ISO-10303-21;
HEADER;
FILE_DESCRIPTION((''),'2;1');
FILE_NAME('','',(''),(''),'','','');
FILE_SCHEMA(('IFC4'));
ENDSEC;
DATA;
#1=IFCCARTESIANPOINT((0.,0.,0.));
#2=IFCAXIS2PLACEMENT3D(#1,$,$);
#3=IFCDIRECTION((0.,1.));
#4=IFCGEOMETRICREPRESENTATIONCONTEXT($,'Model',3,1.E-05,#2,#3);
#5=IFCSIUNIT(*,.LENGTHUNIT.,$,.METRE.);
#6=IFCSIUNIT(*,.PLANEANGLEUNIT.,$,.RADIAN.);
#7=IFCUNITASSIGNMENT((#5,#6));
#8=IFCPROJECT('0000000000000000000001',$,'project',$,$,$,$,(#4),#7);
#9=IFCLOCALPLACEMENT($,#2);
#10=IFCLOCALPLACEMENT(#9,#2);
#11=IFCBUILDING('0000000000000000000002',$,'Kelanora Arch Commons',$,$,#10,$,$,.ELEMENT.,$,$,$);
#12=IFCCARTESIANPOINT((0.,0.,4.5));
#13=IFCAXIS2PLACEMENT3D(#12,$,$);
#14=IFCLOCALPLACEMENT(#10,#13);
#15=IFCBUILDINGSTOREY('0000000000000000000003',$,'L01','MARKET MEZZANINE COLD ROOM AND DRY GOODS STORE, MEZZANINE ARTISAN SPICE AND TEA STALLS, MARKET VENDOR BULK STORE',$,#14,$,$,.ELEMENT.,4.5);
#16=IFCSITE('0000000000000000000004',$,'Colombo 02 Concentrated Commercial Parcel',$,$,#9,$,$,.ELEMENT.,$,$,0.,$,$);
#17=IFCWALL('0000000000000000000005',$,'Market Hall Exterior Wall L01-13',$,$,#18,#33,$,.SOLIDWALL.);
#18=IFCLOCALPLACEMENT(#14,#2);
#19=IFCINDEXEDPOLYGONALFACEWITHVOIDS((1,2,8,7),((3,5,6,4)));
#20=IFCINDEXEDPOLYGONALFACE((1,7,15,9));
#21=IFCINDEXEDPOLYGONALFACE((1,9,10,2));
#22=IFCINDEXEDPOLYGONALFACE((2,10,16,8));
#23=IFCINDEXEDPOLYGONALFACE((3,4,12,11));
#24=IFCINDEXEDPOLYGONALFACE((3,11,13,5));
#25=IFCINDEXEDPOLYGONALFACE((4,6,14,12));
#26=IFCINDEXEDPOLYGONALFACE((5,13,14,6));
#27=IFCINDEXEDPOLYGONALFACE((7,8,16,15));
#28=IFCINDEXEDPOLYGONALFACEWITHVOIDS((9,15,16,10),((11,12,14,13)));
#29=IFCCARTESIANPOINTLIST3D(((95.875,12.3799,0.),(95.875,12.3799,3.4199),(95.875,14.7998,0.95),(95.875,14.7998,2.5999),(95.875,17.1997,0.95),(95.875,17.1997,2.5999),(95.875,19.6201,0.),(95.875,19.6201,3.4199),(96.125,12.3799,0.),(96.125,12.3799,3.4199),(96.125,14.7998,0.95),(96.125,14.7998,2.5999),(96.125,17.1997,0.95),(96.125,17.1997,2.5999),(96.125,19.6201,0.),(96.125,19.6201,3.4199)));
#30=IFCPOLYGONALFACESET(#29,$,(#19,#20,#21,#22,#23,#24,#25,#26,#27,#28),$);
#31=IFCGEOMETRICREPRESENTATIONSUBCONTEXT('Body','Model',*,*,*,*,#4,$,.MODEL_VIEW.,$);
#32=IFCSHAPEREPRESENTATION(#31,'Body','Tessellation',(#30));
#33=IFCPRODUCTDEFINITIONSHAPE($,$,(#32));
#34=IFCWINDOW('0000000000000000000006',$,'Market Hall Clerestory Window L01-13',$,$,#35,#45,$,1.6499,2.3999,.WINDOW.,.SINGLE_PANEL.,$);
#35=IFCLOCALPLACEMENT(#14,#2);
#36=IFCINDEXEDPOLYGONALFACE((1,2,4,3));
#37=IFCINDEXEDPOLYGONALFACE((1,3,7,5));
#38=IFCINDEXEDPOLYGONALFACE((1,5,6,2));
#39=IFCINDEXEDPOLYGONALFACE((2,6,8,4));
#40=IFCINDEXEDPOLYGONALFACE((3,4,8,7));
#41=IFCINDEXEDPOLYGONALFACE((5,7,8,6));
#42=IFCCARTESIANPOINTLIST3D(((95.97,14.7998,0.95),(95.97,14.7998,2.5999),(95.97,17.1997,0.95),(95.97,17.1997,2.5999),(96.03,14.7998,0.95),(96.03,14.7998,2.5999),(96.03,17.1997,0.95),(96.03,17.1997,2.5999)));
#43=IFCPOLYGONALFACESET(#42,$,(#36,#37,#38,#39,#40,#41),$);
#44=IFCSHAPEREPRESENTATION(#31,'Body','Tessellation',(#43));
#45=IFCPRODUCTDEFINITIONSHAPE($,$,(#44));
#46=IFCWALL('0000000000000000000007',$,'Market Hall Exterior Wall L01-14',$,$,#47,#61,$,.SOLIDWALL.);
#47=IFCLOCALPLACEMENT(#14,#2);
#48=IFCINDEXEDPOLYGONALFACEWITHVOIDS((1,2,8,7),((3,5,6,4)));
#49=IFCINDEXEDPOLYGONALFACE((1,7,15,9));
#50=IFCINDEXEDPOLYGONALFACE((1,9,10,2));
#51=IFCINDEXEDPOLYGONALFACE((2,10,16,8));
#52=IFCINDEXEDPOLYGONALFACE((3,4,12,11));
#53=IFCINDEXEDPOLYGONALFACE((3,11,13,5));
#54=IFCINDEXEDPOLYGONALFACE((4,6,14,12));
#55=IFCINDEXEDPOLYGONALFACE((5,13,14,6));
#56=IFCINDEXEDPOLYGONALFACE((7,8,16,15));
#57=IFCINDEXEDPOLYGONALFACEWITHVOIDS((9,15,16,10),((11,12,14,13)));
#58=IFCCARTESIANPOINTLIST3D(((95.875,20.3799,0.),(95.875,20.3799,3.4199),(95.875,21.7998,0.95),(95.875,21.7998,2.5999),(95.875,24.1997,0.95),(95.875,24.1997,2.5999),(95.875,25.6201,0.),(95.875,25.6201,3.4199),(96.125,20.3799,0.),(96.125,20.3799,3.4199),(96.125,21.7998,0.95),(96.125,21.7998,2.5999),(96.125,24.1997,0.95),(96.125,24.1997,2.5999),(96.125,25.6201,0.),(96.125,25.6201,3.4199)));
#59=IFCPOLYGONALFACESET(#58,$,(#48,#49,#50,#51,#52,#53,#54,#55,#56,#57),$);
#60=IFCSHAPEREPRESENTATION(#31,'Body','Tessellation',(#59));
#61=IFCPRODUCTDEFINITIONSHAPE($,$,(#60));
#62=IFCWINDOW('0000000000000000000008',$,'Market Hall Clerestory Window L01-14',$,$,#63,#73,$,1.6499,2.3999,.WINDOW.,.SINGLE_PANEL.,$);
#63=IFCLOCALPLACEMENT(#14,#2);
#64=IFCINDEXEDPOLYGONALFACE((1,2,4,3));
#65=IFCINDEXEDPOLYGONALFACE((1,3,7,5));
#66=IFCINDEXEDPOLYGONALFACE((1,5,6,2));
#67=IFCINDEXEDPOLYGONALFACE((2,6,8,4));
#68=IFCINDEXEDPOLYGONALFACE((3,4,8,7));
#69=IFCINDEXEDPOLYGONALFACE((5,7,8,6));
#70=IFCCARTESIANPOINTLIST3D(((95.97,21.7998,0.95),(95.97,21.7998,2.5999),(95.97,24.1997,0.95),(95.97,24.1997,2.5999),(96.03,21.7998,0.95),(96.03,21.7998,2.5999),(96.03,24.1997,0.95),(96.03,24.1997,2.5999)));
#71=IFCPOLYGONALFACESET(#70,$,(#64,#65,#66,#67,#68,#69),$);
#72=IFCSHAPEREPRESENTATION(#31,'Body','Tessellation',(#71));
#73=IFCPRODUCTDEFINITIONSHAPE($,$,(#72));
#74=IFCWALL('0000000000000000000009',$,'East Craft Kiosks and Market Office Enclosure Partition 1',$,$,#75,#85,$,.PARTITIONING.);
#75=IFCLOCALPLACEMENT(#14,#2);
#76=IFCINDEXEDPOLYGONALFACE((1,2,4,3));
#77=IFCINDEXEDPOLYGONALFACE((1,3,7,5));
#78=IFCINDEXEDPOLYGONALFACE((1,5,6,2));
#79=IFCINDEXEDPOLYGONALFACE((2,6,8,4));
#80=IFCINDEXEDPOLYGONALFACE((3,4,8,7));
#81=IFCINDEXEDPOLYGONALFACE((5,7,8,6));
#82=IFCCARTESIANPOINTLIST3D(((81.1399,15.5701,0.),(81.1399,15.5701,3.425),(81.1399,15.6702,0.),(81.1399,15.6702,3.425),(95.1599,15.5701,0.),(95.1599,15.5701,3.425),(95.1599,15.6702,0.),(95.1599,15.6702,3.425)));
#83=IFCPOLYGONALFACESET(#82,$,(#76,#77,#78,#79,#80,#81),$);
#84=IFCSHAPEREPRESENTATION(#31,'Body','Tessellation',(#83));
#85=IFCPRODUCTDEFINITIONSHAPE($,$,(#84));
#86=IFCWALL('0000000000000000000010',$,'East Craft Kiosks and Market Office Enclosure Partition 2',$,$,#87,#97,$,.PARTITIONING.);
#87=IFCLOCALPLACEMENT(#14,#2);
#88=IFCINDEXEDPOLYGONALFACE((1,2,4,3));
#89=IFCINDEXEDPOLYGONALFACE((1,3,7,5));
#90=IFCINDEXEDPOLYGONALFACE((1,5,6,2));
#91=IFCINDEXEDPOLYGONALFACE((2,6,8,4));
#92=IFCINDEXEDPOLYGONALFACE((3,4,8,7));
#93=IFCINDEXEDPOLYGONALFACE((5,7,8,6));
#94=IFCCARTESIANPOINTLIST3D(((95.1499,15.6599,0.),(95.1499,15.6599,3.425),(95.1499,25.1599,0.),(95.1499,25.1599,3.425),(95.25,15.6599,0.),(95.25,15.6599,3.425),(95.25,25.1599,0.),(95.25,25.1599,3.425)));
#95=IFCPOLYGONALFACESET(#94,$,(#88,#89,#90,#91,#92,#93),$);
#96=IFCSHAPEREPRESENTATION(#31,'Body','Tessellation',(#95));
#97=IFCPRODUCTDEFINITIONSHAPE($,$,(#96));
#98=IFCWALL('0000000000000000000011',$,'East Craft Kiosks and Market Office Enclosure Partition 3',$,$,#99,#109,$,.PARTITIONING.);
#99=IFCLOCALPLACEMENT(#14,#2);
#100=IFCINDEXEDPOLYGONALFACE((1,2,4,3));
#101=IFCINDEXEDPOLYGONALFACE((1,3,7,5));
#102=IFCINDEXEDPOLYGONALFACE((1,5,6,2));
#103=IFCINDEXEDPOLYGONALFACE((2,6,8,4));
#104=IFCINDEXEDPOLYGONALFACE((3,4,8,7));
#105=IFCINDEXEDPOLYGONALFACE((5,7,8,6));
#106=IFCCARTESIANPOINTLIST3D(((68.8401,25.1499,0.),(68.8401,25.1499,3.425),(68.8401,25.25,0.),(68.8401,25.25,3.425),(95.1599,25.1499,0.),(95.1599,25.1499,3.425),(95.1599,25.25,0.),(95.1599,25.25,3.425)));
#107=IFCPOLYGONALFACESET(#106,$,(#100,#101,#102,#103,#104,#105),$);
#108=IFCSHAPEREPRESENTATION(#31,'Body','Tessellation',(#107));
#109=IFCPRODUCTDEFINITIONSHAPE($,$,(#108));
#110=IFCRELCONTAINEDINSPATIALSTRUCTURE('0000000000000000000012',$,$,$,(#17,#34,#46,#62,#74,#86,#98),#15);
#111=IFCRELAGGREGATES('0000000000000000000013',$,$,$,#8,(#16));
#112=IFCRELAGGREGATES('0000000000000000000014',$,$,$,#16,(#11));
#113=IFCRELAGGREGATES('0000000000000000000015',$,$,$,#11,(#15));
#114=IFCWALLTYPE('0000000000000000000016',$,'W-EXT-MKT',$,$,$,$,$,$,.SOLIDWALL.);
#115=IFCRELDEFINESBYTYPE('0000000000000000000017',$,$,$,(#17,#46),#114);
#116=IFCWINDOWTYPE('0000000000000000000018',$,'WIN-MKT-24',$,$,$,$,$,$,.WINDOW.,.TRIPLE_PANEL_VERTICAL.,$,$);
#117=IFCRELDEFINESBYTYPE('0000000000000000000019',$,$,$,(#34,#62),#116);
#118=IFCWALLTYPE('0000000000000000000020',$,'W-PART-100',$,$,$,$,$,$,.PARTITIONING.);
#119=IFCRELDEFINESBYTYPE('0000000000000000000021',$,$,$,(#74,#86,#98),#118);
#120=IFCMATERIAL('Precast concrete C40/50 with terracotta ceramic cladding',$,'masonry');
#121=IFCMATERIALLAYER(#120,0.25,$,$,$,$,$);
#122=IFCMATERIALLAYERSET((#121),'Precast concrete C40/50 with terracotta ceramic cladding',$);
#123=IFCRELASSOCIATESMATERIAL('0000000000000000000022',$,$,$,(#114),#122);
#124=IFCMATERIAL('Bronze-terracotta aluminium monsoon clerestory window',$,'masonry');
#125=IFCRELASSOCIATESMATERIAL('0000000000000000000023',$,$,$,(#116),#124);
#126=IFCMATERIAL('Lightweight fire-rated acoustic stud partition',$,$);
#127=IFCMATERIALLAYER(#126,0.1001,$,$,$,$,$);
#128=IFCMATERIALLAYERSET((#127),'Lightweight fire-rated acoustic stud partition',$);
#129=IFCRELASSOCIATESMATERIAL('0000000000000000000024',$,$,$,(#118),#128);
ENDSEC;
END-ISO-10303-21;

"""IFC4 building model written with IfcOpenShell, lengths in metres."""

from ifc_helpers import new_model, si_unit, direction, frame, frame_2d, origin, place, context, subcontext, project, spatial, rectangle, extrude, material, layer, layer_set, type_object, element, fill, save


model = new_model("IFC4")

# Units and contexts
model_context = context("Model", 3, precision=1e-05, world=origin(), true_north=direction((0.0, 1.0)))
body_context = subcontext(model_context, "Body", "Model", "MODEL_VIEW")
ifc_project = project(units=[si_unit("LENGTHUNIT", "METRE"), si_unit("PLANEANGLEUNIT", "RADIAN")], contexts=[model_context])

# Site, building, storey
site_placement = place(None, origin())
site = spatial("IfcSite", under=ifc_project, at=site_placement, Name="Colombo 02 Concentrated Commercial Parcel", CompositionType="ELEMENT", RefElevation=0.0)
building_placement = place(site_placement, origin())
building = spatial("IfcBuilding", under=site, at=building_placement, Name="Kelanora Arch Commons", CompositionType="ELEMENT")
storey_placement = place(building_placement, frame((0.0, 0.0, 4.5)))
storey = spatial("IfcBuildingStorey", under=building, at=storey_placement, Name="L01", Description="MARKET MEZZANINE COLD ROOM AND DRY GOODS STORE, MEZZANINE ARTISAN SPICE AND TEA STALLS, MARKET VENDOR BULK STORE", CompositionType="ELEMENT", Elevation=4.5)

# Walls, openings, windows
ifc_material_1 = material(Name="Precast concrete C40/50 with terracotta ceramic cladding", Category="masonry")
ifc_layer_1 = layer(ifc_material_1, 0.25)
ifc_layer_set_1 = layer_set([ifc_layer_1], Name="Precast concrete C40/50 with terracotta ceramic cladding")
wall_type_1 = type_object("IfcWallType", Name="W-EXT-MKT", PredefinedType="SOLIDWALL", material=ifc_layer_set_1)
wall_1_placement = place(storey_placement, frame((96.0, 12.3799, 0.0), z_axis=(0.0, 0.0, 1.0), x_axis=(0.0, 1.0, 0.0)))
wall_1 = element("IfcWall", 1, at=wall_1_placement, inside=storey, type_object=wall_type_1, Name="Market Hall Exterior Wall L01-13", PredefinedType="SOLIDWALL", context=body_context, shape_type="SweptSolid", body=[
    extrude(rectangle(XDim=7.2402, YDim=0.25, at=frame_2d((3.6201, 0.0))), origin(), (0.0, 0.0, 1.0), 3.4199),
])
opening_1_placement = place(wall_1_placement, frame((2.4199, 0.0, 0.95)))
opening_1 = element("IfcOpeningElement", 2, at=opening_1_placement, cuts=wall_1, PredefinedType="OPENING", context=body_context, shape_type="SweptSolid", body=[
    extrude(rectangle(XDim=2.3999, YDim=1.6499, at=frame_2d((1.2, 0.825))), frame((0.0, 0.135, 0.0), z_axis=(0.0, -1.0, 0.0), x_axis=(1.0, 0.0, 0.0)), (0.0, 0.0, 1.0), 0.27),
])
ifc_material_2 = material(Name="Bronze-terracotta aluminium monsoon clerestory window", Category="masonry")
window_type = type_object("IfcWindowType", Name="WIN-MKT-24", PartitioningType="TRIPLE_PANEL_VERTICAL", PredefinedType="WINDOW", material=ifc_material_2)
window_1_placement = place(opening_1_placement, origin())
window_1 = element("IfcWindow", 3, at=window_1_placement, inside=storey, type_object=window_type, Name="Market Hall Clerestory Window L01-13", OverallHeight=1.6499, OverallWidth=2.3999, PartitioningType="SINGLE_PANEL", PredefinedType="WINDOW", context=body_context, shape_type="SweptSolid", body=[
    extrude(rectangle(XDim=2.3999, YDim=1.6499, at=frame_2d((1.2, 0.825))), frame((0.0, 0.03, 0.0), z_axis=(0.0, -1.0, 0.0), x_axis=(1.0, 0.0, 0.0)), (0.0, 0.0, 1.0), 0.0601),
])
fill(opening_1, window_1)
wall_2_placement = place(storey_placement, frame((96.0, 20.3799, 0.0), z_axis=(0.0, 0.0, 1.0), x_axis=(0.0, 1.0, 0.0)))
wall_2 = element("IfcWall", 4, at=wall_2_placement, inside=storey, type_object=wall_type_1, Name="Market Hall Exterior Wall L01-14", PredefinedType="SOLIDWALL", context=body_context, shape_type="SweptSolid", body=[
    extrude(rectangle(XDim=5.2402, YDim=0.25, at=frame_2d((2.6201, 0.0))), origin(), (0.0, 0.0, 1.0), 3.4199),
])
opening_2_placement = place(wall_2_placement, frame((1.4199, 0.0, 0.95)))
opening_2 = element("IfcOpeningElement", 5, at=opening_2_placement, cuts=wall_2, PredefinedType="OPENING", context=body_context, shape_type="SweptSolid", body=[
    extrude(rectangle(XDim=2.3999, YDim=1.6499, at=frame_2d((1.2, 0.825))), frame((0.0, 0.135, 0.0), z_axis=(0.0, -1.0, 0.0), x_axis=(1.0, 0.0, 0.0)), (0.0, 0.0, 1.0), 0.27),
])
window_2_placement = place(opening_2_placement, origin())
window_2 = element("IfcWindow", 6, at=window_2_placement, inside=storey, type_object=window_type, Name="Market Hall Clerestory Window L01-14", OverallHeight=1.6499, OverallWidth=2.3999, PartitioningType="SINGLE_PANEL", PredefinedType="WINDOW", context=body_context, shape_type="SweptSolid", body=[
    extrude(rectangle(XDim=2.3999, YDim=1.6499, at=frame_2d((1.2, 0.825))), frame((0.0, 0.03, 0.0), z_axis=(0.0, -1.0, 0.0), x_axis=(1.0, 0.0, 0.0)), (0.0, 0.0, 1.0), 0.0601),
])
fill(opening_2, window_2)

# Walls
ifc_material_3 = material(Name="Lightweight fire-rated acoustic stud partition")
ifc_layer_2 = layer(ifc_material_3, 0.1001)
ifc_layer_set_2 = layer_set([ifc_layer_2], Name="Lightweight fire-rated acoustic stud partition")
wall_type_2 = type_object("IfcWallType", Name="W-PART-100", PredefinedType="PARTITIONING", material=ifc_layer_set_2)
wall_3_placement = place(storey_placement, frame((81.1399, 15.6201, 0.0), z_axis=(0.0, 0.0, 1.0), x_axis=(1.0, 0.0, 0.0)))
element("IfcWall", 7, at=wall_3_placement, inside=storey, type_object=wall_type_2, Name="East Craft Kiosks and Market Office Enclosure Partition 1", PredefinedType="PARTITIONING", context=body_context, shape_type="SweptSolid", body=[
    extrude(rectangle(XDim=14.02, YDim=0.1001, at=frame_2d((7.01, 0.0))), origin(), (0.0, 0.0, 1.0), 3.425),
])
wall_4_placement = place(storey_placement, frame((95.2, 15.6599, 0.0), z_axis=(0.0, 0.0, 1.0), x_axis=(0.0, 1.0, 0.0)))
element("IfcWall", 8, at=wall_4_placement, inside=storey, type_object=wall_type_2, Name="East Craft Kiosks and Market Office Enclosure Partition 2", PredefinedType="PARTITIONING", context=body_context, shape_type="SweptSolid", body=[
    extrude(rectangle(XDim=9.5, YDim=0.1001, at=frame_2d((4.75, 0.0))), origin(), (0.0, 0.0, 1.0), 3.425),
])
wall_5_placement = place(storey_placement, frame((95.1599, 25.2, 0.0), z_axis=(0.0, 0.0, 1.0), x_axis=(-1.0, 0.0, 0.0)))
element("IfcWall", 9, at=wall_5_placement, inside=storey, type_object=wall_type_2, Name="East Craft Kiosks and Market Office Enclosure Partition 3", PredefinedType="PARTITIONING", context=body_context, shape_type="SweptSolid", body=[
    extrude(rectangle(XDim=26.3198, YDim=0.1001, at=frame_2d((13.1599, 0.0))), origin(), (0.0, 0.0, 1.0), 3.425),
])

save(model, "model.ifc")
